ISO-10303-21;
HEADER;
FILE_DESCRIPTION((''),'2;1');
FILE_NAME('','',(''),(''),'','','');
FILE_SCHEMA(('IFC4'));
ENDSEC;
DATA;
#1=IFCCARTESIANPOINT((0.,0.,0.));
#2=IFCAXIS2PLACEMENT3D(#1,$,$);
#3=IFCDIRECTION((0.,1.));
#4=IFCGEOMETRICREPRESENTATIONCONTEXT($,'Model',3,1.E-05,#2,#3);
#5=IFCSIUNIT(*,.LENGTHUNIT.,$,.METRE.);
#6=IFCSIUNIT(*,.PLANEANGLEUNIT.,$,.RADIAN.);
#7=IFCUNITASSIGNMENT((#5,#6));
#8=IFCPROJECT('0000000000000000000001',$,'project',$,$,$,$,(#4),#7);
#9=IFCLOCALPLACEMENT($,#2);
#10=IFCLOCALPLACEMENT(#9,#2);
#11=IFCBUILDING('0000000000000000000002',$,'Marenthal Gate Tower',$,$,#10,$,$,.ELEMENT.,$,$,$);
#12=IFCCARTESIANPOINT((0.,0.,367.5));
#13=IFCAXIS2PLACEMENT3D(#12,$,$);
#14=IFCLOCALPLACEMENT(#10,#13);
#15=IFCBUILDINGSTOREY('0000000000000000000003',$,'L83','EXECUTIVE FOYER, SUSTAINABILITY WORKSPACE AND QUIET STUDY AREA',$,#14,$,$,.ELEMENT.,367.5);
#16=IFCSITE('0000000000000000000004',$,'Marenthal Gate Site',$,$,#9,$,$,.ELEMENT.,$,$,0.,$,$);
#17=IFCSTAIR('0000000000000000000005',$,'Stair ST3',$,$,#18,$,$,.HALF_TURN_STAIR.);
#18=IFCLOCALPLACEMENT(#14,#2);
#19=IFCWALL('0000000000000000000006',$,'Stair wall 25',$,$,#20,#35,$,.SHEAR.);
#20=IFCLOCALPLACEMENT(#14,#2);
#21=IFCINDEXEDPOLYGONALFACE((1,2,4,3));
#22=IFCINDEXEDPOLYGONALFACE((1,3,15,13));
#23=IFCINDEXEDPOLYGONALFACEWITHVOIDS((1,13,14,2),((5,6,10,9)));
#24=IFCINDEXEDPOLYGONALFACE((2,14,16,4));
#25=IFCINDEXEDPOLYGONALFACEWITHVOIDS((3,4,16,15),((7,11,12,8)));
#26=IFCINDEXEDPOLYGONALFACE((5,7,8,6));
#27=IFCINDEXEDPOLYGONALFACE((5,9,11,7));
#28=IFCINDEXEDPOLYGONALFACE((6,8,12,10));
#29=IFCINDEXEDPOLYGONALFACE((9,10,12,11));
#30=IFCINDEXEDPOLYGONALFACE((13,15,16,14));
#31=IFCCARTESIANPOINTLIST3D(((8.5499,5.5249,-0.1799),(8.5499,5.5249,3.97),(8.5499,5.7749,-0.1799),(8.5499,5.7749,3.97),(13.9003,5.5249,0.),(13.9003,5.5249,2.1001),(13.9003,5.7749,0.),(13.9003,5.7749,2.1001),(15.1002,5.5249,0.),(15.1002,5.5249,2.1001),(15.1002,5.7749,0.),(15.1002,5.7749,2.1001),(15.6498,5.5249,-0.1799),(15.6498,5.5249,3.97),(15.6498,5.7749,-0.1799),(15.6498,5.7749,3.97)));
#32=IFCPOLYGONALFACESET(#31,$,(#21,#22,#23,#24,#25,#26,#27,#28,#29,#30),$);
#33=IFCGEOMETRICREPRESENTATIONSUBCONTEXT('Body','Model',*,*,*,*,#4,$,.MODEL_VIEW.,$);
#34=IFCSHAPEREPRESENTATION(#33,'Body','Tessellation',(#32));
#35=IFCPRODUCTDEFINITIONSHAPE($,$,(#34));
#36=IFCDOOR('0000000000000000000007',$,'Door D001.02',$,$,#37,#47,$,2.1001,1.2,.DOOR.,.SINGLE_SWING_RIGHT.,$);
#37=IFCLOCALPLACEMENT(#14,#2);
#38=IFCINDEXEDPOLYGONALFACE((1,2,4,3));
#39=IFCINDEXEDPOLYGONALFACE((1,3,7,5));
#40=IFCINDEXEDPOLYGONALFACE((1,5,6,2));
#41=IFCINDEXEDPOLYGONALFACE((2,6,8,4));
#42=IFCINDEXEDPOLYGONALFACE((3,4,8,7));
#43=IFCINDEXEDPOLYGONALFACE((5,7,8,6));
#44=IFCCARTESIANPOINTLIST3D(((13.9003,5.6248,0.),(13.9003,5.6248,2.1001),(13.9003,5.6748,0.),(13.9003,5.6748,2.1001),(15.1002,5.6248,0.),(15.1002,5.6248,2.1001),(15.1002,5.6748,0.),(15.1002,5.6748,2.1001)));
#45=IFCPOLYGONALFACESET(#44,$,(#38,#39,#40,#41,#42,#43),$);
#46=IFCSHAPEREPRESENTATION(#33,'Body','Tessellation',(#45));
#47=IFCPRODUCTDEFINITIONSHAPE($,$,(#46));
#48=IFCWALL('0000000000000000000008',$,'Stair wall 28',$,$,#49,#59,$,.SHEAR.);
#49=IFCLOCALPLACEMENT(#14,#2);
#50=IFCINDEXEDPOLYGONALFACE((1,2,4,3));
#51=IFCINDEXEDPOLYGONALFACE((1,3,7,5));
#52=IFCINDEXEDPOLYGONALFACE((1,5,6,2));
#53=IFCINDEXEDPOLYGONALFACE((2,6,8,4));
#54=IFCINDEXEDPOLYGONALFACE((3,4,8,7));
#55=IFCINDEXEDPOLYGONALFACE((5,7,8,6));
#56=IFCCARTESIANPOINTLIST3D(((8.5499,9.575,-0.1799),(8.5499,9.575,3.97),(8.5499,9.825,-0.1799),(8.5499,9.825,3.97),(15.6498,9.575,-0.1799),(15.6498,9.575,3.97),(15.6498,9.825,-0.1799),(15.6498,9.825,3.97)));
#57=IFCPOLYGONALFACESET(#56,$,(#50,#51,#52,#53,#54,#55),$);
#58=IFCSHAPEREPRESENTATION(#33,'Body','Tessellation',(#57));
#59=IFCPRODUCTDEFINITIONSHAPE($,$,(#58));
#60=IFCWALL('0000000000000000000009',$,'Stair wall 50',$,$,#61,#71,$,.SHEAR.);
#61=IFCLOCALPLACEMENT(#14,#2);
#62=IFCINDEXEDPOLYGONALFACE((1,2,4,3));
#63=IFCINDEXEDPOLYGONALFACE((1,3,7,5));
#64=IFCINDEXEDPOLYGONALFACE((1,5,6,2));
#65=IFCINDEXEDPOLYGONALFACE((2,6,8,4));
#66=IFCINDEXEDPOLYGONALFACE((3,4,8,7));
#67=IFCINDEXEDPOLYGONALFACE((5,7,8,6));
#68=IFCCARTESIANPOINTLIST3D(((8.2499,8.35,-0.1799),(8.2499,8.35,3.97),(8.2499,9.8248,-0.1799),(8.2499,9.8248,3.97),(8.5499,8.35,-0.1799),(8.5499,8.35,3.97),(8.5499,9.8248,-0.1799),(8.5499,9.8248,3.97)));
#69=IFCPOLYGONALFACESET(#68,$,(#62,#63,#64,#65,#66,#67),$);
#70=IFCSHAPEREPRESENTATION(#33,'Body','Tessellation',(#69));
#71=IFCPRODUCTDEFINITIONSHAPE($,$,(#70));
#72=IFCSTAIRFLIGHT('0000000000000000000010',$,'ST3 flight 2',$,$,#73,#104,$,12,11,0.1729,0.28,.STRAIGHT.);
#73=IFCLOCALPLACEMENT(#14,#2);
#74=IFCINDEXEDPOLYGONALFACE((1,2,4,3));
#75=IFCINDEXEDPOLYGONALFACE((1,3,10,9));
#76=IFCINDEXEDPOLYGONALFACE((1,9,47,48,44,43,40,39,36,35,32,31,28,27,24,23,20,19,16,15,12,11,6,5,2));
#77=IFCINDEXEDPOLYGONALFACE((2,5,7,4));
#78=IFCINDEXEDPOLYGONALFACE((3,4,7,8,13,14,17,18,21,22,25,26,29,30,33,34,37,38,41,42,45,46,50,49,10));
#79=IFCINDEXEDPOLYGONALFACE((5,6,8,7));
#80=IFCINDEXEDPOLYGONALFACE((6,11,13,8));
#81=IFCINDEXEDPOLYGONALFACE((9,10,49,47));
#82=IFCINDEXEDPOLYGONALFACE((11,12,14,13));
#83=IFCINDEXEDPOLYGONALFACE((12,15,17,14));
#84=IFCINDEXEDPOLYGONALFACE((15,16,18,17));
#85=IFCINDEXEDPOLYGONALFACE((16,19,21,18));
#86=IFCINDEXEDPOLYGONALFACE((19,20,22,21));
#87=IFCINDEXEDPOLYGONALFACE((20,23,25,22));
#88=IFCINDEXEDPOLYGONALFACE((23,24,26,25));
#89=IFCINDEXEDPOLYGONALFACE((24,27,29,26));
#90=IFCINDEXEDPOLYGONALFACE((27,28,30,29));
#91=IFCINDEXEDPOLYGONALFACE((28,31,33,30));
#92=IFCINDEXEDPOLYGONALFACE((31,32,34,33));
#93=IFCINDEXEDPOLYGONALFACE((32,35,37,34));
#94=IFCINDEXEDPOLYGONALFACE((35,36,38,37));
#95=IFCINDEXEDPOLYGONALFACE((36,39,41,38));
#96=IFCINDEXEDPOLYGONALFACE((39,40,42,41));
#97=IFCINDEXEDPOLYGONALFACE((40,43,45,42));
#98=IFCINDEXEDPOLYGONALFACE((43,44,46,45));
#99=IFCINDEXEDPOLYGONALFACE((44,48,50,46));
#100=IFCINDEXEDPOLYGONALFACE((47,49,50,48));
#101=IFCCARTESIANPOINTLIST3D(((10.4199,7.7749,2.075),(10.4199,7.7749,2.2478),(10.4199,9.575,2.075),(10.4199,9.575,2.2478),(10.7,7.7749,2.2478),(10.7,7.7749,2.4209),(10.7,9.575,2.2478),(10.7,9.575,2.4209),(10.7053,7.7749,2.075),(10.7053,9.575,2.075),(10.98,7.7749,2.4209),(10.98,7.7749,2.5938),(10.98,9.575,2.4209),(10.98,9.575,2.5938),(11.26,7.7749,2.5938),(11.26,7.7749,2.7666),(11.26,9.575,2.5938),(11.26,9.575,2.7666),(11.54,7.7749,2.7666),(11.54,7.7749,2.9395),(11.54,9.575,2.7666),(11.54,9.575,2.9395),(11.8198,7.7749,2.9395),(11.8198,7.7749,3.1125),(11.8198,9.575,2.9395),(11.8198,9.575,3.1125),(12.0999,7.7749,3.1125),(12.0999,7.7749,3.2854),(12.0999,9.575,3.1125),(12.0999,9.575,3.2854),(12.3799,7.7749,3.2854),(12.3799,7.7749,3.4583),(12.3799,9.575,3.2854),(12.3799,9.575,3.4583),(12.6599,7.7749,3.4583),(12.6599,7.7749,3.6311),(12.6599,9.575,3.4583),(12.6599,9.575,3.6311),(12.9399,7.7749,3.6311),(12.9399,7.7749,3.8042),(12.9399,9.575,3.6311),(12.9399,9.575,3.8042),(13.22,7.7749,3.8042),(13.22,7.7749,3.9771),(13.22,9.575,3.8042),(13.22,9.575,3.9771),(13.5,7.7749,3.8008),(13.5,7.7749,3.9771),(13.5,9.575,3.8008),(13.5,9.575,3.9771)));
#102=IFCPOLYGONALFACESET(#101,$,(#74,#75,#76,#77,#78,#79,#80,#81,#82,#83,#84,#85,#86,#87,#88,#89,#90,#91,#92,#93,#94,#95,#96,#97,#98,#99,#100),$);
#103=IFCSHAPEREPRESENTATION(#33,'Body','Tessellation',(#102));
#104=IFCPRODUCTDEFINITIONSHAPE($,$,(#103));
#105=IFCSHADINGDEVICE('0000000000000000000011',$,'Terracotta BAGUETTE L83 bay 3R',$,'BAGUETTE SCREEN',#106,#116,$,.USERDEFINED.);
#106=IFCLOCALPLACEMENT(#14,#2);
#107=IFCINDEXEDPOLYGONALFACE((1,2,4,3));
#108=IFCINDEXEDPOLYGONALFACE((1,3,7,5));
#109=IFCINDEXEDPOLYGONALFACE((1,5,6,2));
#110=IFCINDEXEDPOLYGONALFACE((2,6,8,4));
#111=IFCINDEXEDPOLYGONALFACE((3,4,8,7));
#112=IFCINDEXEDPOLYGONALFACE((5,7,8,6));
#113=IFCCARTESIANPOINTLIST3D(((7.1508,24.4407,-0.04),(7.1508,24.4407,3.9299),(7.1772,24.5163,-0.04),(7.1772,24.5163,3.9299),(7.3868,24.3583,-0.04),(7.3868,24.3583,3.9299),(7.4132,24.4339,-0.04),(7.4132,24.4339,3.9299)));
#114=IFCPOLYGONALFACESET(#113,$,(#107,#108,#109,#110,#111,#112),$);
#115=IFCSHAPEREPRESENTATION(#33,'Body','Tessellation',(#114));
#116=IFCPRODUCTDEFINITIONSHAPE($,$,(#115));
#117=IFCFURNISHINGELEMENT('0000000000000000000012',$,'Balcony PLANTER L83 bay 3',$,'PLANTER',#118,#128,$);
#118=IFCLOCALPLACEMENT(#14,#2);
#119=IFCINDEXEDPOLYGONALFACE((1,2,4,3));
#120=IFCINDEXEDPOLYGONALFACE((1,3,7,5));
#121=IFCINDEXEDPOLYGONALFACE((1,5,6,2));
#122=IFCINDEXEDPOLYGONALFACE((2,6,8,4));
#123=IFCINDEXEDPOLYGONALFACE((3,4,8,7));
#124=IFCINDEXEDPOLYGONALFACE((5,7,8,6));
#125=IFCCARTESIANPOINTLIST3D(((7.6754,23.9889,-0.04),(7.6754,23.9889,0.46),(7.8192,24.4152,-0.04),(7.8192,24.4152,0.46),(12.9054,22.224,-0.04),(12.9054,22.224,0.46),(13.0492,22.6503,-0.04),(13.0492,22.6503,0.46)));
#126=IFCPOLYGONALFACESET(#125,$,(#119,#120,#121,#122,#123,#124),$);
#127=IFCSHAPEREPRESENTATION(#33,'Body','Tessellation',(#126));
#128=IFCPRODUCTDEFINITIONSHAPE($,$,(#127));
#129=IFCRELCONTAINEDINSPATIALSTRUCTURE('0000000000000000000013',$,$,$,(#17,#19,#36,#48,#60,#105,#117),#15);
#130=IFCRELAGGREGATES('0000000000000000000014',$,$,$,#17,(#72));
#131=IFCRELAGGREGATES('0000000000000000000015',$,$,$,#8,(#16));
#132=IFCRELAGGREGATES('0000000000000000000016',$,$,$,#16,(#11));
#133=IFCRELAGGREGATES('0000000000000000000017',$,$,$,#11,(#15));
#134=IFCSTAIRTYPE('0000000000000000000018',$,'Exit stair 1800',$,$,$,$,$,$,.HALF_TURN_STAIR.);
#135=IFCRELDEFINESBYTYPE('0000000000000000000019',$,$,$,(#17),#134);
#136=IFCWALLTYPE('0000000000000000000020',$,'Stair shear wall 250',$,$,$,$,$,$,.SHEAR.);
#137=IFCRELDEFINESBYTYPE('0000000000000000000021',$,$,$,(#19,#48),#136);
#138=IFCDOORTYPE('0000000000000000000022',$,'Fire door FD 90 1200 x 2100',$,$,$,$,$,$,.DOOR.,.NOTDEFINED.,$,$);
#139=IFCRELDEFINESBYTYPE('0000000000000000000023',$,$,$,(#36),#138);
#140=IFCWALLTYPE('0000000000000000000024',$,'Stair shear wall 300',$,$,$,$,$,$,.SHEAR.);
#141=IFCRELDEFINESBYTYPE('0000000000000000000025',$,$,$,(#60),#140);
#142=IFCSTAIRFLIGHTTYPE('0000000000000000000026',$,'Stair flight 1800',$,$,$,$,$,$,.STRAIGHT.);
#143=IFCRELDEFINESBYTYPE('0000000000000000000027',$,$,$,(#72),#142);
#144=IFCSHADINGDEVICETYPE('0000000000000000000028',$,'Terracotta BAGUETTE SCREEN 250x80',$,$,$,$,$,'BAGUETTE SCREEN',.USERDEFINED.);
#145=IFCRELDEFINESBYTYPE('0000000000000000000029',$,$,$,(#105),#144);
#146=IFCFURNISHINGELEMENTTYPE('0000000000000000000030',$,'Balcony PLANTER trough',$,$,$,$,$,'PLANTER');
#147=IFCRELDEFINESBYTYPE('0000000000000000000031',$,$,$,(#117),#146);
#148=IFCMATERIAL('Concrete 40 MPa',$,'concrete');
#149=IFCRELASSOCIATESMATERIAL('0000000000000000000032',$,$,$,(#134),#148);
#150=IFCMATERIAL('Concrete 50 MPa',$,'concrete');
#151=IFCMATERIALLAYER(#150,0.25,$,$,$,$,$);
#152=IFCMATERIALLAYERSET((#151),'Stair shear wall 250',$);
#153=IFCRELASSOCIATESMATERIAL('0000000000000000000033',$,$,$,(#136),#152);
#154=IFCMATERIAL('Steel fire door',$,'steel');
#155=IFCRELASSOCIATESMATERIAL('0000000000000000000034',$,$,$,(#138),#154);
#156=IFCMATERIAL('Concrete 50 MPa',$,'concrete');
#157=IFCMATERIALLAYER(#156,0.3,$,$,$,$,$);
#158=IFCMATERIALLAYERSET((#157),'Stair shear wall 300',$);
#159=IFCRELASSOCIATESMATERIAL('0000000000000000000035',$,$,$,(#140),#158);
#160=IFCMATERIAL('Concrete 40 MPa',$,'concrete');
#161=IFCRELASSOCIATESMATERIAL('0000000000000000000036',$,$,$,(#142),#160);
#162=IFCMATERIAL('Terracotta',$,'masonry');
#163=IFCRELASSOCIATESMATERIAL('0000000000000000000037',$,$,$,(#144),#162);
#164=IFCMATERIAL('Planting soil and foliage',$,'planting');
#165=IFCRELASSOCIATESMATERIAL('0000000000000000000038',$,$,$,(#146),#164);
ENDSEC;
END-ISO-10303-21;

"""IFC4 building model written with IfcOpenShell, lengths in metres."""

from ifc_helpers import new_model, si_unit, direction, frame, frame_2d, origin, origin_2d, place, context, subcontext, project, spatial, polyline, rectangle, outline, extrude, material, layer, layer_set, material_profile, profile_set, type_object, element, fill, aggregate, save


model = new_model("IFC4")

# Units and contexts
model_context = context("Model", 3, precision=1e-05, world=origin(), true_north=direction((0.0, 1.0)))
body_context = subcontext(model_context, "Body", "Model", "MODEL_VIEW")
ifc_project = project(units=[si_unit("LENGTHUNIT", "METRE"), si_unit("PLANEANGLEUNIT", "RADIAN")], contexts=[model_context])

# Site, building, storey
site_placement = place(None, origin())
site = spatial("IfcSite", under=ifc_project, at=site_placement, Name="Marenthal Gate Site", CompositionType="ELEMENT", RefElevation=0.0)
building_placement = place(site_placement, origin())
building = spatial("IfcBuilding", under=site, at=building_placement, Name="Marenthal Gate Tower", CompositionType="ELEMENT")
storey_placement = place(building_placement, frame((0.0, 0.0, 367.5)))
storey = spatial("IfcBuildingStorey", under=building, at=storey_placement, Name="L83", Description="EXECUTIVE FOYER, SUSTAINABILITY WORKSPACE AND QUIET STUDY AREA", CompositionType="ELEMENT", Elevation=367.5)

# Stair
ifc_material_1 = material(Name="Concrete 40 MPa", Category="concrete")
stair_type = type_object("IfcStairType", Name="Exit stair 1800", PredefinedType="HALF_TURN_STAIR", material=ifc_material_1)
stair_1_placement = place(storey_placement, origin())
stair_1 = element("IfcStair", 1, at=stair_1_placement, inside=storey, type_object=stair_type, Name="Stair ST3", PredefinedType="HALF_TURN_STAIR")

# Wall, opening, door
ifc_material_2 = material(Name="Concrete 50 MPa", Category="concrete")
ifc_layer_1 = layer(ifc_material_2, 0.25)
ifc_layer_set_1 = layer_set([ifc_layer_1], Name="Stair shear wall 250")
wall_type_1 = type_object("IfcWallType", Name="Stair shear wall 250", PredefinedType="SHEAR", material=ifc_layer_set_1)
wall_1_placement = place(storey_placement, frame((8.55, 5.6499, -0.1799), z_axis=(0.0, 0.0, 1.0), x_axis=(1.0, 0.0, 0.0)))
wall_1 = element("IfcWall", 2, at=wall_1_placement, inside=storey, type_object=wall_type_1, Name="Stair wall 25", PredefinedType="SHEAR", context=body_context, shape_type="SweptSolid", body=[
    extrude(rectangle(XDim=7.0999, YDim=0.25, at=frame_2d((3.5498, 0.0))), origin(), (0.0, 0.0, 1.0), 4.1499),
])
opening_placement = place(wall_1_placement, frame((5.3501, 0.0, 0.1799)))
opening = element("IfcOpeningElement", 3, at=opening_placement, cuts=wall_1, PredefinedType="OPENING", context=body_context, shape_type="SweptSolid", body=[
    extrude(rectangle(XDim=1.2, YDim=2.1001, at=frame_2d((0.6001, 1.05))), frame((0.0, 0.135, 0.0), z_axis=(0.0, -1.0, 0.0), x_axis=(1.0, 0.0, 0.0)), (0.0, 0.0, 1.0), 0.27),
])
ifc_material_3 = material(Name="Steel fire door", Category="steel")
door_type = type_object("IfcDoorType", Name="Fire door FD 90 1200 x 2100", OperationType="NOTDEFINED", PredefinedType="DOOR", material=ifc_material_3)
door_placement = place(opening_placement, origin())
door = element("IfcDoor", 4, at=door_placement, inside=storey, type_object=door_type, Name="Door D001.02", OperationType="SINGLE_SWING_RIGHT", OverallHeight=2.1001, OverallWidth=1.2, PredefinedType="DOOR", context=body_context, shape_type="SweptSolid", body=[
    extrude(rectangle(XDim=1.2, YDim=2.1001, at=frame_2d((0.6001, 1.05))), frame((0.0, 0.0249, 0.0), z_axis=(0.0, -1.0, 0.0), x_axis=(1.0, 0.0, 0.0)), (0.0, 0.0, 1.0), 0.05),
])
fill(opening, door)

# Walls
wall_2_placement = place(storey_placement, frame((8.55, 9.7, -0.1799), z_axis=(0.0, 0.0, 1.0), x_axis=(1.0, 0.0, 0.0)))
element("IfcWall", 5, at=wall_2_placement, inside=storey, type_object=wall_type_1, Name="Stair wall 28", PredefinedType="SHEAR", context=body_context, shape_type="SweptSolid", body=[
    extrude(rectangle(XDim=7.0999, YDim=0.25, at=frame_2d((3.5498, 0.0))), origin(), (0.0, 0.0, 1.0), 4.1499),
])
ifc_material_4 = material(Name="Concrete 50 MPa", Category="concrete")
ifc_layer_2 = layer(ifc_material_4, 0.3)
ifc_layer_set_2 = layer_set([ifc_layer_2], Name="Stair shear wall 300")
wall_type_2 = type_object("IfcWallType", Name="Stair shear wall 300", PredefinedType="SHEAR", material=ifc_layer_set_2)
wall_3_placement = place(storey_placement, frame((8.3999, 8.3501, -0.1799), z_axis=(0.0, 0.0, 1.0), x_axis=(0.0, 1.0, 0.0)))
element("IfcWall", 6, at=wall_3_placement, inside=storey, type_object=wall_type_2, Name="Stair wall 50", PredefinedType="SHEAR", context=body_context, shape_type="SweptSolid", body=[
    extrude(rectangle(XDim=1.4749, YDim=0.3, at=frame_2d((0.7373, 0.0))), origin(), (0.0, 0.0, 1.0), 4.1499),
])

# Stair flight
ifc_material_5 = material(Name="Concrete 40 MPa", Category="concrete")
stair_flight_type = type_object("IfcStairFlightType", Name="Stair flight 1800", PredefinedType="STRAIGHT", material=ifc_material_5)
stair_flight_placement = place(storey_placement, frame((10.4199, 8.675, 2.075), z_axis=(0.0, 0.0, 1.0), x_axis=(1.0, 0.0, 0.0)))
stair_flight = element("IfcStairFlight", 7, at=stair_flight_placement, type_object=stair_flight_type, Name="ST3 flight 2", NumberOfRisers=12, NumberOfTreads=11, PredefinedType="STRAIGHT", RiserHeight=0.1729, TreadLength=0.28, context=body_context, shape_type="SweptSolid", body=[
    extrude(outline(polyline([(0.0, 0.0), (0.0, 0.1729), (0.28, 0.1729), (0.28, 0.3459), (0.5601, 0.3459), (0.5601, 0.5188), (0.8401, 0.5188), (0.8401, 0.6917), (1.1201, 0.6917), (1.1201, 0.8645), (1.3999, 0.8645), (1.3999, 1.0376), (1.6799, 1.0376), (1.6799, 1.2104), (1.96, 1.2104), (1.96, 1.3833), (2.24, 1.3833), (2.24, 1.5562), (2.52, 1.5562), (2.52, 1.7292), (2.8, 1.7292), (2.8, 1.9021), (3.0801, 1.9021), (3.0801, 2.075), (3.0801, 1.7258), (0.2854, 0.0), (0.0, 0.0)])), frame((0.0, 0.8999, 0.0), z_axis=(0.0, -1.0, 0.0), x_axis=(1.0, 0.0, 0.0)), (0.0, 0.0, 1.0), 1.8),
])
aggregate(stair_1, [stair_flight])

# Shading device
ifc_material_6 = material(Name="Terracotta", Category="masonry")
ifc_material_profile_1 = material_profile(ifc_material_6, rectangle(XDim=0.25, YDim=0.0801, at=origin_2d()), Name="Terracotta baguette 250x80")
ifc_profile_set_1 = profile_set([ifc_material_profile_1], Name="Terracotta")
shading_device_type = type_object("IfcShadingDeviceType", Name="Terracotta BAGUETTE SCREEN 250x80", ElementType="BAGUETTE SCREEN", PredefinedType="USERDEFINED", material=ifc_profile_set_1)
shading_device_placement = place(storey_placement, frame((7.282, 24.4373, -0.04), z_axis=(0.0, 0.0, 1.0), x_axis=(-0.944118, 0.329607, 0.0)))
element("IfcShadingDevice", 8, at=shading_device_placement, inside=storey, type_object=shading_device_type, Name="Terracotta BAGUETTE L83 bay 3R", ObjectType="BAGUETTE SCREEN", PredefinedType="USERDEFINED", context=body_context, shape_type="SweptSolid", body=[
    extrude(rectangle(XDim=0.25, YDim=0.0801, at=origin_2d()), origin(), (0.0, 0.0, 1.0), 3.97),
])

# Furnishing element
ifc_material_7 = material(Name="Planting soil and foliage", Category="planting")
furnishing_element_type = type_object("IfcFurnishingElementType", Name="Balcony PLANTER trough", ElementType="PLANTER", material=ifc_material_7)
furnishing_placement = place(storey_placement, frame((10.3623, 23.3196, -0.04), z_axis=(0.0, 0.0, 1.0), x_axis=(-0.947505, 0.31974, 0.0)))
element("IfcFurnishingElement", 9, at=furnishing_placement, inside=storey, type_object=furnishing_element_type, Name="Balcony PLANTER L83 bay 3", ObjectType="PLANTER", context=body_context, shape_type="SweptSolid", body=[
    extrude(rectangle(XDim=5.5198, YDim=0.45, at=origin_2d()), origin(), (0.0, 0.0, 1.0), 0.5),
])

save(model, "model.ifc")
